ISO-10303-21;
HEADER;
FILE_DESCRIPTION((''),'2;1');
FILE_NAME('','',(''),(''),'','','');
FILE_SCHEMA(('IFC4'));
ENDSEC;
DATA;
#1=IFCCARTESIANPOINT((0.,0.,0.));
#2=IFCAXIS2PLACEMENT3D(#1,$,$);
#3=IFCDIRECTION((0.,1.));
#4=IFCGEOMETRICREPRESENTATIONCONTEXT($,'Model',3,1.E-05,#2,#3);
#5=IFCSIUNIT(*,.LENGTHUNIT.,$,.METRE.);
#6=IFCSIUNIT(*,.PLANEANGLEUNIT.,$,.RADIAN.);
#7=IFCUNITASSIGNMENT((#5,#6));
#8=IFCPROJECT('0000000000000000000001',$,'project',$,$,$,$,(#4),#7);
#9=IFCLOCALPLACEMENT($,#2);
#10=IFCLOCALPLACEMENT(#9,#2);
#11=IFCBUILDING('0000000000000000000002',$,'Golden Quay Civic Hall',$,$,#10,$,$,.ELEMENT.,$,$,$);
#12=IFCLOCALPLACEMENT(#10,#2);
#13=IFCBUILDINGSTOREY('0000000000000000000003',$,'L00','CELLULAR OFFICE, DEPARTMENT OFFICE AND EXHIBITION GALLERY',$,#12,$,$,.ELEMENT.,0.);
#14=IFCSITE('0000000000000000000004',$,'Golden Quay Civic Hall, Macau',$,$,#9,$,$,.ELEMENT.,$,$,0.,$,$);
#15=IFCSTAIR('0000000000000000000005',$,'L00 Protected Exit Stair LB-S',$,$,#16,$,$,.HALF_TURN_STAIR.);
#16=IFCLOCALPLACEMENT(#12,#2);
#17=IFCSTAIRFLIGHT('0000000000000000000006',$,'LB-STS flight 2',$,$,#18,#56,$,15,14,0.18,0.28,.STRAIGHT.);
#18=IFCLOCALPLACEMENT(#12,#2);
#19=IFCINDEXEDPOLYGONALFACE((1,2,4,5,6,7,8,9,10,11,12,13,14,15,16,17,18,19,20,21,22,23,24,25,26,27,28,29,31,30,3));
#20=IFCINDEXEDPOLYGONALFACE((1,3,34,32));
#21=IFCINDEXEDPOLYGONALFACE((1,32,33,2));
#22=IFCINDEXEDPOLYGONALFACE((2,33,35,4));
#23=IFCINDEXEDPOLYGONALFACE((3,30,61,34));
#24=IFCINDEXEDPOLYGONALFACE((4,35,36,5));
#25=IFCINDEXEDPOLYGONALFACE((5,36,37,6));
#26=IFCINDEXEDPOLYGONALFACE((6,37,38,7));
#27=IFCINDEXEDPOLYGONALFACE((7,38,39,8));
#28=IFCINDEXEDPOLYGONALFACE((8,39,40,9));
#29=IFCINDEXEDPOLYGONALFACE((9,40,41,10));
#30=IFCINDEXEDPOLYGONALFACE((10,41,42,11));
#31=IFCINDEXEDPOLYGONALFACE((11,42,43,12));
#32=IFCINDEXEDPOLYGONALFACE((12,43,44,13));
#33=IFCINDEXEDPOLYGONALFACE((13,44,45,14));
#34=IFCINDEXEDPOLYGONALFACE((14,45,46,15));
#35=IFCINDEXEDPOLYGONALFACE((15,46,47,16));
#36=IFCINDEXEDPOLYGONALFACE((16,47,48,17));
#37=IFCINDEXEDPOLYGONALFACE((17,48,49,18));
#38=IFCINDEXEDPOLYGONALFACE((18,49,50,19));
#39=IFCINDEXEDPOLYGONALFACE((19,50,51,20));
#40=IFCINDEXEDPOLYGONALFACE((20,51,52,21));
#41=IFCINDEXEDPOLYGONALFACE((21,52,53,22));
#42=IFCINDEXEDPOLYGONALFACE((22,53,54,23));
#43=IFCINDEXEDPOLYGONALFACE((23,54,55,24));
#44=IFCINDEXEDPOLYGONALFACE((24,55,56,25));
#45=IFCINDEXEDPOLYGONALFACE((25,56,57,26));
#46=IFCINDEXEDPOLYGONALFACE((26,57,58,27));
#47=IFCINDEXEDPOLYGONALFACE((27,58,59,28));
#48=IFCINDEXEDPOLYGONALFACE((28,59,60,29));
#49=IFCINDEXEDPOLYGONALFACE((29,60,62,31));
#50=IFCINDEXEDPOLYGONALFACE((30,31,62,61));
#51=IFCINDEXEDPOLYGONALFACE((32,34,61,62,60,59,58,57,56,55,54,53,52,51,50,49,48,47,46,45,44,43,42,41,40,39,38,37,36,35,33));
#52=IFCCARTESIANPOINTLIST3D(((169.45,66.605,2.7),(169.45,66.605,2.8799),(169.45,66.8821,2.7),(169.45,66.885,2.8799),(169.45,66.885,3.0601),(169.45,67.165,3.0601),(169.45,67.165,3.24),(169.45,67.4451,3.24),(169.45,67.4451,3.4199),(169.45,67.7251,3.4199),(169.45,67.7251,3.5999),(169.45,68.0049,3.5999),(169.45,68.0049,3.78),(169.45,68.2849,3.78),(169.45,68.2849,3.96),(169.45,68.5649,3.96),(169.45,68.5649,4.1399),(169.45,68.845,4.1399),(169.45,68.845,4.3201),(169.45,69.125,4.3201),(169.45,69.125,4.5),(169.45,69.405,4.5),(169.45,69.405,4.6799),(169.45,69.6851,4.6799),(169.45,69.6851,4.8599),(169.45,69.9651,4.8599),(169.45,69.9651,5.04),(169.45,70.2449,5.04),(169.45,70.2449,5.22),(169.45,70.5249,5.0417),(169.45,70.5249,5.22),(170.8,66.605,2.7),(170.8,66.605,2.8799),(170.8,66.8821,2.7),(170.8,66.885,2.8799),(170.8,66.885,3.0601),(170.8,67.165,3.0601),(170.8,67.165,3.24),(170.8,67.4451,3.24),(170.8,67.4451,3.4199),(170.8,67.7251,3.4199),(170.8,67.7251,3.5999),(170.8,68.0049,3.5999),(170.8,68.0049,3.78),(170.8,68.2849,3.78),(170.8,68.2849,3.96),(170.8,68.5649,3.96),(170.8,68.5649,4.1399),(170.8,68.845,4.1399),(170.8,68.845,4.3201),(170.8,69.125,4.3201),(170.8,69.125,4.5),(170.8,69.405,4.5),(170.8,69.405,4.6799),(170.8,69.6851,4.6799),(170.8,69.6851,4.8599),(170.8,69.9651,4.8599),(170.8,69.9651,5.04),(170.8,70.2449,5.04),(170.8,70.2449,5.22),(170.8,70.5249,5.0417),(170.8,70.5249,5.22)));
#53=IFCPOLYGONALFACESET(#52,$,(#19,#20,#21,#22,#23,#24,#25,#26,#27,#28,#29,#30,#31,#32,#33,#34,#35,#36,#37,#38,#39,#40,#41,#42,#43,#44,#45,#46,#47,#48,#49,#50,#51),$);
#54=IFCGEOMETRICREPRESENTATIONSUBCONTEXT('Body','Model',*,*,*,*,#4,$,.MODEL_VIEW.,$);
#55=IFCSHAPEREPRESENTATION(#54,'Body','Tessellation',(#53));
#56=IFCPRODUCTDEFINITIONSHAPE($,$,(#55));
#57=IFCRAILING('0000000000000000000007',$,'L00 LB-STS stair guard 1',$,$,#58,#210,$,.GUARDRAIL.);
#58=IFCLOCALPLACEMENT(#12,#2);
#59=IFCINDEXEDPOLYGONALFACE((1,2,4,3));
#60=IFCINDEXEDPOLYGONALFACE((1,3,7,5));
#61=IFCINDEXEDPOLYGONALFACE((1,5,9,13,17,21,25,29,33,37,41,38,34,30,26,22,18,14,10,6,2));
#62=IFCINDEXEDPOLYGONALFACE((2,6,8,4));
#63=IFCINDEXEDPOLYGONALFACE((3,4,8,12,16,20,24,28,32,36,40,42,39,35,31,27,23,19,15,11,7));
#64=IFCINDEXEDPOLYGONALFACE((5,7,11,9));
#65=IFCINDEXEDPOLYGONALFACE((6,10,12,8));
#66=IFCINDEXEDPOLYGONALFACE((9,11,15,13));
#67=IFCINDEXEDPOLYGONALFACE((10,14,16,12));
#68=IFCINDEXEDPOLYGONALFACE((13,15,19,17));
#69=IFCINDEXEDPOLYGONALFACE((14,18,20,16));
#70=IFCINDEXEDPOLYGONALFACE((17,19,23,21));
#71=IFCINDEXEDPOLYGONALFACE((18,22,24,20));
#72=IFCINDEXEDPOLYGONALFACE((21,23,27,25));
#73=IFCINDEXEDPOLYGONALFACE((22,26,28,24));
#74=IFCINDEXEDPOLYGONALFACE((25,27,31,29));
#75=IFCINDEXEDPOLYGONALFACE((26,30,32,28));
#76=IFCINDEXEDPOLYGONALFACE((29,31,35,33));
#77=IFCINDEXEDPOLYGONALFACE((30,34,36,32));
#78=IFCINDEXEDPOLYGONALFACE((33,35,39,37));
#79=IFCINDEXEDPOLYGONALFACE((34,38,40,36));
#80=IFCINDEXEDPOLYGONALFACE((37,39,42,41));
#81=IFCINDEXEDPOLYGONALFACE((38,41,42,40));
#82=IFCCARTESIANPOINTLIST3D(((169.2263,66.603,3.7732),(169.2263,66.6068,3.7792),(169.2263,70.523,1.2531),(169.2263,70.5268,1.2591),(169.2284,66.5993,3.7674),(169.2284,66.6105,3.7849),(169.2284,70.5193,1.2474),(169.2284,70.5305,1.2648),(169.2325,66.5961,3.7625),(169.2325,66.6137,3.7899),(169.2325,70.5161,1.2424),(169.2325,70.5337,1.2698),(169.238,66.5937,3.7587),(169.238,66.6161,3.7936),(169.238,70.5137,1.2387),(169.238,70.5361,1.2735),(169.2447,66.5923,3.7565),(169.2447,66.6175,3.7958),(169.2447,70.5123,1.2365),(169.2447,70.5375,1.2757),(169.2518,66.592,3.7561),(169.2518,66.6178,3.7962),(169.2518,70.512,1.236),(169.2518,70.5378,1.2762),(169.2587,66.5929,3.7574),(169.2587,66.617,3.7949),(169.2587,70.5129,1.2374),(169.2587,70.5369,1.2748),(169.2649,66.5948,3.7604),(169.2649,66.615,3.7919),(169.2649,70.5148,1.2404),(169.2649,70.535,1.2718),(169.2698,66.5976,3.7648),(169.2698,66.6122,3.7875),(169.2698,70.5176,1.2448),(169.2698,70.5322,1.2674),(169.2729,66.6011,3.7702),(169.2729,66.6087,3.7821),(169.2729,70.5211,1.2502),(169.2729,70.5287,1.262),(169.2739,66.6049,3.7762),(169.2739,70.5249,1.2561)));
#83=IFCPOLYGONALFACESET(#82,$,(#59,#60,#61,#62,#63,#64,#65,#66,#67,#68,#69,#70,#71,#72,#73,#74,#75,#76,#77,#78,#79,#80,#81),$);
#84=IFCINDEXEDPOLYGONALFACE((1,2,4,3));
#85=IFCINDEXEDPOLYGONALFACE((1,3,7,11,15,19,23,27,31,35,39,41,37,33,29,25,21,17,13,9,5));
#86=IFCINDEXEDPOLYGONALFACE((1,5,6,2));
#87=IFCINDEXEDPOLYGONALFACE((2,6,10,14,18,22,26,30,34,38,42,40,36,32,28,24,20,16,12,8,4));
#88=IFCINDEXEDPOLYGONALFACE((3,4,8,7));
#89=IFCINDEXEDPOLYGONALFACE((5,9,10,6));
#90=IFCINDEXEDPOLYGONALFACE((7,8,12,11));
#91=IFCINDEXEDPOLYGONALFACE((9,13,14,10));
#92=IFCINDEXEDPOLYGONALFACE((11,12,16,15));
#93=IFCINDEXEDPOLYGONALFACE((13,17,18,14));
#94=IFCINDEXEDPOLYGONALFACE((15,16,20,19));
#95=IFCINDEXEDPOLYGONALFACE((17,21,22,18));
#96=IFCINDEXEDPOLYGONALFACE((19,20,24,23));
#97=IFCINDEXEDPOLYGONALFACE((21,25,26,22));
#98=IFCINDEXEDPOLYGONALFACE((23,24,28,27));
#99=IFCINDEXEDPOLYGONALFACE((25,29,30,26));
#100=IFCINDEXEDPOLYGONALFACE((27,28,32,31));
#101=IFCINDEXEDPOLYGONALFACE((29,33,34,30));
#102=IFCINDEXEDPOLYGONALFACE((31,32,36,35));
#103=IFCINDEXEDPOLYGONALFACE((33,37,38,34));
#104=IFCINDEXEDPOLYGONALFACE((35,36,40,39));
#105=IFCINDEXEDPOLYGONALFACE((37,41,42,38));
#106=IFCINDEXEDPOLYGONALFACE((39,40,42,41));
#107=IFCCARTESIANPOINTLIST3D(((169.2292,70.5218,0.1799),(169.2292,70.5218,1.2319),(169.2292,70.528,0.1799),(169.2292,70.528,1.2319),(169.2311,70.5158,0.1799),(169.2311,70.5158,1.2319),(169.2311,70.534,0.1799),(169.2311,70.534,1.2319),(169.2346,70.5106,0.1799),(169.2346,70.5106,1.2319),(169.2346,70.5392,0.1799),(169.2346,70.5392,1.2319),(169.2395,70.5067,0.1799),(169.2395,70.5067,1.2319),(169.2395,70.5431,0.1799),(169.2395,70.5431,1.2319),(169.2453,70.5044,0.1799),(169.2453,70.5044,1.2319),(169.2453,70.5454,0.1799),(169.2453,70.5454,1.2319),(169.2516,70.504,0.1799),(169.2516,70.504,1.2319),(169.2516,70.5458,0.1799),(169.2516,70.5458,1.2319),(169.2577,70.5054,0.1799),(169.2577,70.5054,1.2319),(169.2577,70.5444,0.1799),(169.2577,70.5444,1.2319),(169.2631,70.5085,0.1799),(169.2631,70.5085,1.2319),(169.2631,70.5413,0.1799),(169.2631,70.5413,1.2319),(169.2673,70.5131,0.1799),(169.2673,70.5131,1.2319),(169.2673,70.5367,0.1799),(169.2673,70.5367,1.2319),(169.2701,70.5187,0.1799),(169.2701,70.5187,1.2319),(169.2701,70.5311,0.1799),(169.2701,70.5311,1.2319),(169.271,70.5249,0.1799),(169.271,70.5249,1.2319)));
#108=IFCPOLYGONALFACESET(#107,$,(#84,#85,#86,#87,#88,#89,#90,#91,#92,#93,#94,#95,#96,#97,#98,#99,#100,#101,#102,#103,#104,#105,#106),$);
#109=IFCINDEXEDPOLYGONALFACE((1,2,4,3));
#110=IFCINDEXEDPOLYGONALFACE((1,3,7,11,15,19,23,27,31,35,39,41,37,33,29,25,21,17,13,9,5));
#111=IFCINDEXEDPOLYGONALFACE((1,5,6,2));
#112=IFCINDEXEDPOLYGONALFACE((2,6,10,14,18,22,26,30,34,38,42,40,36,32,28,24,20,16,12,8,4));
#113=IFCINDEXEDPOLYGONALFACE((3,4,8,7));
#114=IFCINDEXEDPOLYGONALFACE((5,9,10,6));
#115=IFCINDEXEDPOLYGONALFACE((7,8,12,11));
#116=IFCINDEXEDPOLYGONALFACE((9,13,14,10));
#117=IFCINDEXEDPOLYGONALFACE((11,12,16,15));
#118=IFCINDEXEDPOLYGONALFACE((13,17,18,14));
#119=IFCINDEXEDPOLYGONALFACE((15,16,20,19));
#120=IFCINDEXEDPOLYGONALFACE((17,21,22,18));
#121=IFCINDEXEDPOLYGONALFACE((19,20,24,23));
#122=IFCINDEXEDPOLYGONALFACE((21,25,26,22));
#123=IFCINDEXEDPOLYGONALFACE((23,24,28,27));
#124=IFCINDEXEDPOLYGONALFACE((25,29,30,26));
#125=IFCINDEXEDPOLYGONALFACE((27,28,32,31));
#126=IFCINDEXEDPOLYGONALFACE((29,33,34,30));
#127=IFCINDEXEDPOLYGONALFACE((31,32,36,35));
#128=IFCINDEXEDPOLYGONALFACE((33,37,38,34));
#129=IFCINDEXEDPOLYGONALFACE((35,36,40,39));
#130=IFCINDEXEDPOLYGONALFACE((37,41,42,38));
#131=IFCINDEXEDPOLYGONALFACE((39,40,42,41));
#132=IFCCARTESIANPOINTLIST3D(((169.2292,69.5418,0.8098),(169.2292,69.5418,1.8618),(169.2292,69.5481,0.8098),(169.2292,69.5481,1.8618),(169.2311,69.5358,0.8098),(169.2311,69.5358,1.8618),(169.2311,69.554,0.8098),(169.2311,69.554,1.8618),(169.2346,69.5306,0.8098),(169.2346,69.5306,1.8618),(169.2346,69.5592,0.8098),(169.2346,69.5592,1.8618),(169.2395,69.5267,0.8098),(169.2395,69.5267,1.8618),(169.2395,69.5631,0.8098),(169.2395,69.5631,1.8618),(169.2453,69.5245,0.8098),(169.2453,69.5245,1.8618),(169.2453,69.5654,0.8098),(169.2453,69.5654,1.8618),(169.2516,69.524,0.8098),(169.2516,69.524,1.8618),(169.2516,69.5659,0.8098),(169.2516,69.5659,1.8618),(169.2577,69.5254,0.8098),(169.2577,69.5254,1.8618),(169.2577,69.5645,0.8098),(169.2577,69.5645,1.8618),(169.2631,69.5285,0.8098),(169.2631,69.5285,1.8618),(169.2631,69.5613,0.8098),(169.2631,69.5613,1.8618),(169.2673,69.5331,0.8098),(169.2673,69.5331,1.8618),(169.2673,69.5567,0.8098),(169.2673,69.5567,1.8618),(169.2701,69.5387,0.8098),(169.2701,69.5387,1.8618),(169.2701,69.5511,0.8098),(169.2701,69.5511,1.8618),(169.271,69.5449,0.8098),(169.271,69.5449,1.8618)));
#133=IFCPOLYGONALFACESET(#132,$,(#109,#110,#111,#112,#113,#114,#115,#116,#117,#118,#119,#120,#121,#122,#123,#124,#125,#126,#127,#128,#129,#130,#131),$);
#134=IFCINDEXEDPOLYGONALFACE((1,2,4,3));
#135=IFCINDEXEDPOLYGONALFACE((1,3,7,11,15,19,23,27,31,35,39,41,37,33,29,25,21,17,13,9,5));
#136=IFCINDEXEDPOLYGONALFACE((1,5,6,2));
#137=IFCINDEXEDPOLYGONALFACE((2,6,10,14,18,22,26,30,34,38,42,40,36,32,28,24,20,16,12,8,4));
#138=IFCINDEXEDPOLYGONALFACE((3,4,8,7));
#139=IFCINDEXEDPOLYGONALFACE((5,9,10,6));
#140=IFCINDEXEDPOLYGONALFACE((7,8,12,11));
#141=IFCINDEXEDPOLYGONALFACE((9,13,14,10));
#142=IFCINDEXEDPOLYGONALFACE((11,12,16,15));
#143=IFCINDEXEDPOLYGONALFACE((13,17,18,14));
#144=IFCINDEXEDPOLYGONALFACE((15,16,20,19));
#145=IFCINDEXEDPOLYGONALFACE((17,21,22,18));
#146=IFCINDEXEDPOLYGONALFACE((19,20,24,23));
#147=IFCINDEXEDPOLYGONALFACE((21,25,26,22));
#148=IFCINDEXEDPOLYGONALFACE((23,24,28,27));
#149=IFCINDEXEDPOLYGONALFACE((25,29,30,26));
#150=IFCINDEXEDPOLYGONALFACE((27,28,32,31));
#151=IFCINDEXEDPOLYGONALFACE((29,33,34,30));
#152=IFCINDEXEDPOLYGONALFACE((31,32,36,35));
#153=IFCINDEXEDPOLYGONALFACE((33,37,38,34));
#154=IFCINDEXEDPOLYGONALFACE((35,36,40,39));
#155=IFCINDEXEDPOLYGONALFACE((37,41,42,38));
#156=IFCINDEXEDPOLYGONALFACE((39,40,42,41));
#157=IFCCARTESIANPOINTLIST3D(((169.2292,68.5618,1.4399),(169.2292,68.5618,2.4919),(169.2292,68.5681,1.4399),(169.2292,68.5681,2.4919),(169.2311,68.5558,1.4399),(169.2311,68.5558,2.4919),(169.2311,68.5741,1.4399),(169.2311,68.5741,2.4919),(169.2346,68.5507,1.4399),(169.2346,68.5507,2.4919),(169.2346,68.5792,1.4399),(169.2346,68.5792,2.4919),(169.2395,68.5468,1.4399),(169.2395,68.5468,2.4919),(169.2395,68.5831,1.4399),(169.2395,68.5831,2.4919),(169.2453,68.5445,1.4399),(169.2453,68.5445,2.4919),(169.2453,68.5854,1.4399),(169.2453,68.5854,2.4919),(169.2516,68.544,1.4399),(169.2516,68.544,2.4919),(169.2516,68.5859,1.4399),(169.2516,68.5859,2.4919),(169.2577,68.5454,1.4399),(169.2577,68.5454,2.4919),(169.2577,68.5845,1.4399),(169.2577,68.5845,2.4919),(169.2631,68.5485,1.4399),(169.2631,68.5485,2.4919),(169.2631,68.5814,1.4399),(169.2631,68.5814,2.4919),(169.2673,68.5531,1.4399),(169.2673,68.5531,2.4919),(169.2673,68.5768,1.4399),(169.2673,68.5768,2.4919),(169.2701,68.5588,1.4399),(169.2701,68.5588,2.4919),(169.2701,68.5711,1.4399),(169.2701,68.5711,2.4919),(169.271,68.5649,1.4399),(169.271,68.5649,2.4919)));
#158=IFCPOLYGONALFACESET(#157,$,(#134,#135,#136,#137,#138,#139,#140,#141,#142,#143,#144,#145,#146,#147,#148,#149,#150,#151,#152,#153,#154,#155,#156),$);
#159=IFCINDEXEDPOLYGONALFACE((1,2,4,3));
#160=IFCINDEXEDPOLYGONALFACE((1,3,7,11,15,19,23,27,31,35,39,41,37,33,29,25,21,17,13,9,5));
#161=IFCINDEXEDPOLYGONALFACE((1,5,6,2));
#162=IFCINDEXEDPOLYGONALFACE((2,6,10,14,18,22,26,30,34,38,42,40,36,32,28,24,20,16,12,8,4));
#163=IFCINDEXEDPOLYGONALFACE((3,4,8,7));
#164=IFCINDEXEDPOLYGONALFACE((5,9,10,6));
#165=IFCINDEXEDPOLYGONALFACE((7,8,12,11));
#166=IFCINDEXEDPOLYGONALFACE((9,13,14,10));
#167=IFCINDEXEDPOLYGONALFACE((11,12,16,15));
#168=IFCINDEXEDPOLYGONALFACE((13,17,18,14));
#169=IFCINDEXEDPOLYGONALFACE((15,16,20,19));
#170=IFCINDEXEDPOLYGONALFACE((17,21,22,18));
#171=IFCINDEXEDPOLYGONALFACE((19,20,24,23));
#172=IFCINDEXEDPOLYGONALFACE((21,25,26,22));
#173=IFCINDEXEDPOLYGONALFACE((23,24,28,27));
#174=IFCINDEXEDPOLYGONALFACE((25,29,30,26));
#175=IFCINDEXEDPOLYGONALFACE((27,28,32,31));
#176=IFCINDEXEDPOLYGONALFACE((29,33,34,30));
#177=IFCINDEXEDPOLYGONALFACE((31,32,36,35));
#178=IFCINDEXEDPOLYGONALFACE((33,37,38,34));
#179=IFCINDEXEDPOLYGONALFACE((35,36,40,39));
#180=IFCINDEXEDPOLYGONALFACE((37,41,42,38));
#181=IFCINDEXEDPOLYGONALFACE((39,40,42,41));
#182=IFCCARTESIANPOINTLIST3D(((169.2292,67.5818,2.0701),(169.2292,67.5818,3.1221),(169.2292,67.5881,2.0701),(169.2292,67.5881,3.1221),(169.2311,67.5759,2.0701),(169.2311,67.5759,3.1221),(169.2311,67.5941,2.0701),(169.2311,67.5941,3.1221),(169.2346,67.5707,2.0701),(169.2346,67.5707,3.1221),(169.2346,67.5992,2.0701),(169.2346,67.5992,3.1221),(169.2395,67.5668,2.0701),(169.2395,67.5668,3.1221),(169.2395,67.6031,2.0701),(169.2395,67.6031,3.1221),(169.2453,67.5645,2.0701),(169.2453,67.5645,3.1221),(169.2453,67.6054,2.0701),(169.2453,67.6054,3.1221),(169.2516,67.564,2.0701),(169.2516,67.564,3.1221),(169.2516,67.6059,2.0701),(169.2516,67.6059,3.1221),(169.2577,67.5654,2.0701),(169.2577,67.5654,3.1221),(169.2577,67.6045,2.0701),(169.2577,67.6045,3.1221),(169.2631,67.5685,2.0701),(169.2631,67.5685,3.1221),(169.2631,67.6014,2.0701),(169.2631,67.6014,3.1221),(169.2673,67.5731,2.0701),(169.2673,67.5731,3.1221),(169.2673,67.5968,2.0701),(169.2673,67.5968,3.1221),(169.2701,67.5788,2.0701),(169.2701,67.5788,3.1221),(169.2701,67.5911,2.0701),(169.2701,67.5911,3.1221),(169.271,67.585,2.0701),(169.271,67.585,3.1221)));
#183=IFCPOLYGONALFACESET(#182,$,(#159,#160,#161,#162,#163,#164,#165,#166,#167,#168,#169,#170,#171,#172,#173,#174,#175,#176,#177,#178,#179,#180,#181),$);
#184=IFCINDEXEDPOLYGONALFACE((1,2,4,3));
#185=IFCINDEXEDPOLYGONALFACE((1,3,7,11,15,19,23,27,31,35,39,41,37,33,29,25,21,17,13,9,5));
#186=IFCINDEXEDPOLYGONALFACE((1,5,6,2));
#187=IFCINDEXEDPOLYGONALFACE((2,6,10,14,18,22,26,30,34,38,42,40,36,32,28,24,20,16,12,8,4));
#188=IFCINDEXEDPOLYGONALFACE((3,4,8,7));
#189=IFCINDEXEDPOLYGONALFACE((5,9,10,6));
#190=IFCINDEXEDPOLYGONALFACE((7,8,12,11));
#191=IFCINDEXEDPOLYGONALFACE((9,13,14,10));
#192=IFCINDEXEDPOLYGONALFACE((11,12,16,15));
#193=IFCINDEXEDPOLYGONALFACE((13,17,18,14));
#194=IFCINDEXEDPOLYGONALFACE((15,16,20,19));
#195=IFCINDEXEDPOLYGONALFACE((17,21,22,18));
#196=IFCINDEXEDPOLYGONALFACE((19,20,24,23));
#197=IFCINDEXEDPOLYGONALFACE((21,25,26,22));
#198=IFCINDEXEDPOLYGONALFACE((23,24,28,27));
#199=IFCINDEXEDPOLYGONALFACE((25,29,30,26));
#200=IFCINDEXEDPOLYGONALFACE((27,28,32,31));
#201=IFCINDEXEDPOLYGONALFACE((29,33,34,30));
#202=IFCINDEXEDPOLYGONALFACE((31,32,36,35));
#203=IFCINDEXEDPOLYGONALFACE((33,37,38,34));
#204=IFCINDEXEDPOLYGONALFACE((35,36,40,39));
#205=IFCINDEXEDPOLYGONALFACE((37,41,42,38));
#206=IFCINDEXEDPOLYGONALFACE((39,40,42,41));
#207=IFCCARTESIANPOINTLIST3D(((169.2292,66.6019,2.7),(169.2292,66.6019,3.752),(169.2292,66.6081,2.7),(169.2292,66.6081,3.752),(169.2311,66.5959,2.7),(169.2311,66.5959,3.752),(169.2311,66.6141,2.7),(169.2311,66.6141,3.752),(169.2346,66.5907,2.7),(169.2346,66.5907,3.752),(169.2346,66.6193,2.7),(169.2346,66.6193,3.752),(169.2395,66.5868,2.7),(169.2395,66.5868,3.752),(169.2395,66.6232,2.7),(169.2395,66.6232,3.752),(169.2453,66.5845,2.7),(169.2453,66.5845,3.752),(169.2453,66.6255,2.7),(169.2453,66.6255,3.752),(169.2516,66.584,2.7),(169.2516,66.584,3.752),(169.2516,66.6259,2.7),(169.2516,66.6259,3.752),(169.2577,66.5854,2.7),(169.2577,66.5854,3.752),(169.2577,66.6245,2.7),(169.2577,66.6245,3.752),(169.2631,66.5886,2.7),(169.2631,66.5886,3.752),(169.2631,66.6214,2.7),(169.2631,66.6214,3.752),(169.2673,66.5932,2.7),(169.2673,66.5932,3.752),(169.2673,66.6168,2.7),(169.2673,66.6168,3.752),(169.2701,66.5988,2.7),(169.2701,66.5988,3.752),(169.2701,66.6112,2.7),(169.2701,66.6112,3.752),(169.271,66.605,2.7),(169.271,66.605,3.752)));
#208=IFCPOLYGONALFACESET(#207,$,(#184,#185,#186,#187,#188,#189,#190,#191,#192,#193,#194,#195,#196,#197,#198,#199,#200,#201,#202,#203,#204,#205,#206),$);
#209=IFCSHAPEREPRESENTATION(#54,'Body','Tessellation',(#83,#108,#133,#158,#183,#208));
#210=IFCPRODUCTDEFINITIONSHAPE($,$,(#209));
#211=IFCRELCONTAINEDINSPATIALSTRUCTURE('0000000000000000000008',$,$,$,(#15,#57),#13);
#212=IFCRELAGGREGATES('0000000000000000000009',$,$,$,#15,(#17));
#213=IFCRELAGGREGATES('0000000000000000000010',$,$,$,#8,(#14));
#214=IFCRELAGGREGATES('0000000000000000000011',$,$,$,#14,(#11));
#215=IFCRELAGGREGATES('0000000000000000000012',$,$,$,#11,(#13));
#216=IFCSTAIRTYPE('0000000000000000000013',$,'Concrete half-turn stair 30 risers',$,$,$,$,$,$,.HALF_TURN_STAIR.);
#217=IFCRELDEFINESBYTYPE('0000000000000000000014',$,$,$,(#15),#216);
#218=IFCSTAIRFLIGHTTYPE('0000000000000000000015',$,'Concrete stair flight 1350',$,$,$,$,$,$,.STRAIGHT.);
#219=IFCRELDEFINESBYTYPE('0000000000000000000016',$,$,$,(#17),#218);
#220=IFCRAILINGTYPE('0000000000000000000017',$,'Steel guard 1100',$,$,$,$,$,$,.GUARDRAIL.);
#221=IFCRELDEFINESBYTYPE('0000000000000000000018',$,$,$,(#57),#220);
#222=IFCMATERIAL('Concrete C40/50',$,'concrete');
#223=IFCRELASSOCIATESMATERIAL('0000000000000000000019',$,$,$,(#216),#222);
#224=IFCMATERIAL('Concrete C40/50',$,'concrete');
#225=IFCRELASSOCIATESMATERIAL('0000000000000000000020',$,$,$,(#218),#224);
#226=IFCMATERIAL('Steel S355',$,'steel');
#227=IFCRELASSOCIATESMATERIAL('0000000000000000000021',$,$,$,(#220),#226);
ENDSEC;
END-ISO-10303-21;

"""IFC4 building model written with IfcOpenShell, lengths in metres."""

from ifc_helpers import new_model, si_unit, direction, frame, origin, origin_2d, place, context, subcontext, project, spatial, polyline, circle, outline, extrude, material, type_object, element, aggregate, save


model = new_model("IFC4")

# Units and contexts
model_context = context("Model", 3, precision=1e-05, world=origin(), true_north=direction((0.0, 1.0)))
body_context = subcontext(model_context, "Body", "Model", "MODEL_VIEW")
ifc_project = project(units=[si_unit("LENGTHUNIT", "METRE"), si_unit("PLANEANGLEUNIT", "RADIAN")], contexts=[model_context])

# Site, building, storey
site_placement = place(None, origin())
site = spatial("IfcSite", under=ifc_project, at=site_placement, Name="Golden Quay Civic Hall, Macau", CompositionType="ELEMENT", RefElevation=0.0)
building_placement = place(site_placement, origin())
building = spatial("IfcBuilding", under=site, at=building_placement, Name="Golden Quay Civic Hall", CompositionType="ELEMENT")
storey_placement = place(building_placement, origin())
storey = spatial("IfcBuildingStorey", under=building, at=storey_placement, Name="L00", Description="CELLULAR OFFICE, DEPARTMENT OFFICE AND EXHIBITION GALLERY", CompositionType="ELEMENT", Elevation=0.0)

# Stair, stair flight
ifc_material_1 = material(Name="Concrete C40/50", Category="concrete")
stair_type = type_object("IfcStairType", Name="Concrete half-turn stair 30 risers", PredefinedType="HALF_TURN_STAIR", material=ifc_material_1)
stair_placement = place(storey_placement, origin())
stair = element("IfcStair", 1, at=stair_placement, inside=storey, type_object=stair_type, Name="L00 Protected Exit Stair LB-S", PredefinedType="HALF_TURN_STAIR")
ifc_material_2 = material(Name="Concrete C40/50", Category="concrete")
stair_flight_type = type_object("IfcStairFlightType", Name="Concrete stair flight 1350", PredefinedType="STRAIGHT", material=ifc_material_2)
stair_flight_1_placement = place(storey_placement, frame((170.125, 66.605, 2.7), z_axis=(0.0, 0.0, 1.0), x_axis=(0.0, 1.0, 0.0)))
stair_flight_1 = element("IfcStairFlight", 2, at=stair_flight_1_placement, type_object=stair_flight_type, Name="LB-STS flight 2", NumberOfRisers=15, NumberOfTreads=14, PredefinedType="STRAIGHT", RiserHeight=0.18, TreadLength=0.28, context=body_context, shape_type="SweptSolid", body=[
    extrude(outline(polyline([(0.0, 0.0), (0.0, 0.1799), (0.28, 0.1799), (0.28, 0.3601), (0.5601, 0.3601), (0.5601, 0.54), (0.8401, 0.54), (0.8401, 0.72), (1.1201, 0.72), (1.1201, 0.8999), (1.3999, 0.8999), (1.3999, 1.0801), (1.6799, 1.0801), (1.6799, 1.26), (1.96, 1.26), (1.96, 1.4399), (2.24, 1.4399), (2.24, 1.6201), (2.52, 1.6201), (2.52, 1.8), (2.8, 1.8), (2.8, 1.98), (3.0801, 1.98), (3.0801, 2.1599), (3.3601, 2.1599), (3.3601, 2.3401), (3.6399, 2.3401), (3.6399, 2.52), (3.9199, 2.52), (3.9199, 2.7), (3.9199, 2.3418), (0.2771, 0.0), (0.0, 0.0)])), frame((0.0, 0.675, 0.0), z_axis=(0.0, -1.0, 0.0), x_axis=(1.0, 0.0, 0.0)), (0.0, 0.0, 1.0), 1.35),
])
aggregate(stair, [stair_flight_1])

# Railing
ifc_material_3 = material(Name="Steel S355", Category="steel")
railing_type_1 = type_object("IfcRailingType", Name="Steel guard 1100", PredefinedType="GUARDRAIL", material=ifc_material_3)
railing_1_placement = place(storey_placement, frame((169.25, 70.5249, 0.1799)))
element("IfcRailing", 3, at=railing_1_placement, inside=storey, type_object=railing_type_1, Name="L00 LB-STS stair guard 1", PredefinedType="GUARDRAIL", context=body_context, shape_type="SweptSolid", body=[
    extrude(circle(Radius=0.0239, at=origin_2d()), frame((0.0, 0.0, 1.0762), z_axis=(0.0, -0.841172, 0.540768), x_axis=(1.0, 0.0, 0.0)), (0.0, 0.0, 1.0), 4.6602),
    extrude(circle(Radius=0.021, at=origin_2d()), origin(), (0.0, 0.0, 1.0), 1.052),
    extrude(circle(Radius=0.021, at=origin_2d()), frame((0.0, -0.98, 0.6299)), (0.0, 0.0, 1.0), 1.052),
    extrude(circle(Radius=0.021, at=origin_2d()), frame((0.0, -1.96, 1.26)), (0.0, 0.0, 1.0), 1.052),
    extrude(circle(Radius=0.021, at=origin_2d()), frame((0.0, -2.9399, 1.8901)), (0.0, 0.0, 1.0), 1.052),
    extrude(circle(Radius=0.021, at=origin_2d()), frame((0.0, -3.9199, 2.52)), (0.0, 0.0, 1.0), 1.052),
])

save(model, "model.ifc")
